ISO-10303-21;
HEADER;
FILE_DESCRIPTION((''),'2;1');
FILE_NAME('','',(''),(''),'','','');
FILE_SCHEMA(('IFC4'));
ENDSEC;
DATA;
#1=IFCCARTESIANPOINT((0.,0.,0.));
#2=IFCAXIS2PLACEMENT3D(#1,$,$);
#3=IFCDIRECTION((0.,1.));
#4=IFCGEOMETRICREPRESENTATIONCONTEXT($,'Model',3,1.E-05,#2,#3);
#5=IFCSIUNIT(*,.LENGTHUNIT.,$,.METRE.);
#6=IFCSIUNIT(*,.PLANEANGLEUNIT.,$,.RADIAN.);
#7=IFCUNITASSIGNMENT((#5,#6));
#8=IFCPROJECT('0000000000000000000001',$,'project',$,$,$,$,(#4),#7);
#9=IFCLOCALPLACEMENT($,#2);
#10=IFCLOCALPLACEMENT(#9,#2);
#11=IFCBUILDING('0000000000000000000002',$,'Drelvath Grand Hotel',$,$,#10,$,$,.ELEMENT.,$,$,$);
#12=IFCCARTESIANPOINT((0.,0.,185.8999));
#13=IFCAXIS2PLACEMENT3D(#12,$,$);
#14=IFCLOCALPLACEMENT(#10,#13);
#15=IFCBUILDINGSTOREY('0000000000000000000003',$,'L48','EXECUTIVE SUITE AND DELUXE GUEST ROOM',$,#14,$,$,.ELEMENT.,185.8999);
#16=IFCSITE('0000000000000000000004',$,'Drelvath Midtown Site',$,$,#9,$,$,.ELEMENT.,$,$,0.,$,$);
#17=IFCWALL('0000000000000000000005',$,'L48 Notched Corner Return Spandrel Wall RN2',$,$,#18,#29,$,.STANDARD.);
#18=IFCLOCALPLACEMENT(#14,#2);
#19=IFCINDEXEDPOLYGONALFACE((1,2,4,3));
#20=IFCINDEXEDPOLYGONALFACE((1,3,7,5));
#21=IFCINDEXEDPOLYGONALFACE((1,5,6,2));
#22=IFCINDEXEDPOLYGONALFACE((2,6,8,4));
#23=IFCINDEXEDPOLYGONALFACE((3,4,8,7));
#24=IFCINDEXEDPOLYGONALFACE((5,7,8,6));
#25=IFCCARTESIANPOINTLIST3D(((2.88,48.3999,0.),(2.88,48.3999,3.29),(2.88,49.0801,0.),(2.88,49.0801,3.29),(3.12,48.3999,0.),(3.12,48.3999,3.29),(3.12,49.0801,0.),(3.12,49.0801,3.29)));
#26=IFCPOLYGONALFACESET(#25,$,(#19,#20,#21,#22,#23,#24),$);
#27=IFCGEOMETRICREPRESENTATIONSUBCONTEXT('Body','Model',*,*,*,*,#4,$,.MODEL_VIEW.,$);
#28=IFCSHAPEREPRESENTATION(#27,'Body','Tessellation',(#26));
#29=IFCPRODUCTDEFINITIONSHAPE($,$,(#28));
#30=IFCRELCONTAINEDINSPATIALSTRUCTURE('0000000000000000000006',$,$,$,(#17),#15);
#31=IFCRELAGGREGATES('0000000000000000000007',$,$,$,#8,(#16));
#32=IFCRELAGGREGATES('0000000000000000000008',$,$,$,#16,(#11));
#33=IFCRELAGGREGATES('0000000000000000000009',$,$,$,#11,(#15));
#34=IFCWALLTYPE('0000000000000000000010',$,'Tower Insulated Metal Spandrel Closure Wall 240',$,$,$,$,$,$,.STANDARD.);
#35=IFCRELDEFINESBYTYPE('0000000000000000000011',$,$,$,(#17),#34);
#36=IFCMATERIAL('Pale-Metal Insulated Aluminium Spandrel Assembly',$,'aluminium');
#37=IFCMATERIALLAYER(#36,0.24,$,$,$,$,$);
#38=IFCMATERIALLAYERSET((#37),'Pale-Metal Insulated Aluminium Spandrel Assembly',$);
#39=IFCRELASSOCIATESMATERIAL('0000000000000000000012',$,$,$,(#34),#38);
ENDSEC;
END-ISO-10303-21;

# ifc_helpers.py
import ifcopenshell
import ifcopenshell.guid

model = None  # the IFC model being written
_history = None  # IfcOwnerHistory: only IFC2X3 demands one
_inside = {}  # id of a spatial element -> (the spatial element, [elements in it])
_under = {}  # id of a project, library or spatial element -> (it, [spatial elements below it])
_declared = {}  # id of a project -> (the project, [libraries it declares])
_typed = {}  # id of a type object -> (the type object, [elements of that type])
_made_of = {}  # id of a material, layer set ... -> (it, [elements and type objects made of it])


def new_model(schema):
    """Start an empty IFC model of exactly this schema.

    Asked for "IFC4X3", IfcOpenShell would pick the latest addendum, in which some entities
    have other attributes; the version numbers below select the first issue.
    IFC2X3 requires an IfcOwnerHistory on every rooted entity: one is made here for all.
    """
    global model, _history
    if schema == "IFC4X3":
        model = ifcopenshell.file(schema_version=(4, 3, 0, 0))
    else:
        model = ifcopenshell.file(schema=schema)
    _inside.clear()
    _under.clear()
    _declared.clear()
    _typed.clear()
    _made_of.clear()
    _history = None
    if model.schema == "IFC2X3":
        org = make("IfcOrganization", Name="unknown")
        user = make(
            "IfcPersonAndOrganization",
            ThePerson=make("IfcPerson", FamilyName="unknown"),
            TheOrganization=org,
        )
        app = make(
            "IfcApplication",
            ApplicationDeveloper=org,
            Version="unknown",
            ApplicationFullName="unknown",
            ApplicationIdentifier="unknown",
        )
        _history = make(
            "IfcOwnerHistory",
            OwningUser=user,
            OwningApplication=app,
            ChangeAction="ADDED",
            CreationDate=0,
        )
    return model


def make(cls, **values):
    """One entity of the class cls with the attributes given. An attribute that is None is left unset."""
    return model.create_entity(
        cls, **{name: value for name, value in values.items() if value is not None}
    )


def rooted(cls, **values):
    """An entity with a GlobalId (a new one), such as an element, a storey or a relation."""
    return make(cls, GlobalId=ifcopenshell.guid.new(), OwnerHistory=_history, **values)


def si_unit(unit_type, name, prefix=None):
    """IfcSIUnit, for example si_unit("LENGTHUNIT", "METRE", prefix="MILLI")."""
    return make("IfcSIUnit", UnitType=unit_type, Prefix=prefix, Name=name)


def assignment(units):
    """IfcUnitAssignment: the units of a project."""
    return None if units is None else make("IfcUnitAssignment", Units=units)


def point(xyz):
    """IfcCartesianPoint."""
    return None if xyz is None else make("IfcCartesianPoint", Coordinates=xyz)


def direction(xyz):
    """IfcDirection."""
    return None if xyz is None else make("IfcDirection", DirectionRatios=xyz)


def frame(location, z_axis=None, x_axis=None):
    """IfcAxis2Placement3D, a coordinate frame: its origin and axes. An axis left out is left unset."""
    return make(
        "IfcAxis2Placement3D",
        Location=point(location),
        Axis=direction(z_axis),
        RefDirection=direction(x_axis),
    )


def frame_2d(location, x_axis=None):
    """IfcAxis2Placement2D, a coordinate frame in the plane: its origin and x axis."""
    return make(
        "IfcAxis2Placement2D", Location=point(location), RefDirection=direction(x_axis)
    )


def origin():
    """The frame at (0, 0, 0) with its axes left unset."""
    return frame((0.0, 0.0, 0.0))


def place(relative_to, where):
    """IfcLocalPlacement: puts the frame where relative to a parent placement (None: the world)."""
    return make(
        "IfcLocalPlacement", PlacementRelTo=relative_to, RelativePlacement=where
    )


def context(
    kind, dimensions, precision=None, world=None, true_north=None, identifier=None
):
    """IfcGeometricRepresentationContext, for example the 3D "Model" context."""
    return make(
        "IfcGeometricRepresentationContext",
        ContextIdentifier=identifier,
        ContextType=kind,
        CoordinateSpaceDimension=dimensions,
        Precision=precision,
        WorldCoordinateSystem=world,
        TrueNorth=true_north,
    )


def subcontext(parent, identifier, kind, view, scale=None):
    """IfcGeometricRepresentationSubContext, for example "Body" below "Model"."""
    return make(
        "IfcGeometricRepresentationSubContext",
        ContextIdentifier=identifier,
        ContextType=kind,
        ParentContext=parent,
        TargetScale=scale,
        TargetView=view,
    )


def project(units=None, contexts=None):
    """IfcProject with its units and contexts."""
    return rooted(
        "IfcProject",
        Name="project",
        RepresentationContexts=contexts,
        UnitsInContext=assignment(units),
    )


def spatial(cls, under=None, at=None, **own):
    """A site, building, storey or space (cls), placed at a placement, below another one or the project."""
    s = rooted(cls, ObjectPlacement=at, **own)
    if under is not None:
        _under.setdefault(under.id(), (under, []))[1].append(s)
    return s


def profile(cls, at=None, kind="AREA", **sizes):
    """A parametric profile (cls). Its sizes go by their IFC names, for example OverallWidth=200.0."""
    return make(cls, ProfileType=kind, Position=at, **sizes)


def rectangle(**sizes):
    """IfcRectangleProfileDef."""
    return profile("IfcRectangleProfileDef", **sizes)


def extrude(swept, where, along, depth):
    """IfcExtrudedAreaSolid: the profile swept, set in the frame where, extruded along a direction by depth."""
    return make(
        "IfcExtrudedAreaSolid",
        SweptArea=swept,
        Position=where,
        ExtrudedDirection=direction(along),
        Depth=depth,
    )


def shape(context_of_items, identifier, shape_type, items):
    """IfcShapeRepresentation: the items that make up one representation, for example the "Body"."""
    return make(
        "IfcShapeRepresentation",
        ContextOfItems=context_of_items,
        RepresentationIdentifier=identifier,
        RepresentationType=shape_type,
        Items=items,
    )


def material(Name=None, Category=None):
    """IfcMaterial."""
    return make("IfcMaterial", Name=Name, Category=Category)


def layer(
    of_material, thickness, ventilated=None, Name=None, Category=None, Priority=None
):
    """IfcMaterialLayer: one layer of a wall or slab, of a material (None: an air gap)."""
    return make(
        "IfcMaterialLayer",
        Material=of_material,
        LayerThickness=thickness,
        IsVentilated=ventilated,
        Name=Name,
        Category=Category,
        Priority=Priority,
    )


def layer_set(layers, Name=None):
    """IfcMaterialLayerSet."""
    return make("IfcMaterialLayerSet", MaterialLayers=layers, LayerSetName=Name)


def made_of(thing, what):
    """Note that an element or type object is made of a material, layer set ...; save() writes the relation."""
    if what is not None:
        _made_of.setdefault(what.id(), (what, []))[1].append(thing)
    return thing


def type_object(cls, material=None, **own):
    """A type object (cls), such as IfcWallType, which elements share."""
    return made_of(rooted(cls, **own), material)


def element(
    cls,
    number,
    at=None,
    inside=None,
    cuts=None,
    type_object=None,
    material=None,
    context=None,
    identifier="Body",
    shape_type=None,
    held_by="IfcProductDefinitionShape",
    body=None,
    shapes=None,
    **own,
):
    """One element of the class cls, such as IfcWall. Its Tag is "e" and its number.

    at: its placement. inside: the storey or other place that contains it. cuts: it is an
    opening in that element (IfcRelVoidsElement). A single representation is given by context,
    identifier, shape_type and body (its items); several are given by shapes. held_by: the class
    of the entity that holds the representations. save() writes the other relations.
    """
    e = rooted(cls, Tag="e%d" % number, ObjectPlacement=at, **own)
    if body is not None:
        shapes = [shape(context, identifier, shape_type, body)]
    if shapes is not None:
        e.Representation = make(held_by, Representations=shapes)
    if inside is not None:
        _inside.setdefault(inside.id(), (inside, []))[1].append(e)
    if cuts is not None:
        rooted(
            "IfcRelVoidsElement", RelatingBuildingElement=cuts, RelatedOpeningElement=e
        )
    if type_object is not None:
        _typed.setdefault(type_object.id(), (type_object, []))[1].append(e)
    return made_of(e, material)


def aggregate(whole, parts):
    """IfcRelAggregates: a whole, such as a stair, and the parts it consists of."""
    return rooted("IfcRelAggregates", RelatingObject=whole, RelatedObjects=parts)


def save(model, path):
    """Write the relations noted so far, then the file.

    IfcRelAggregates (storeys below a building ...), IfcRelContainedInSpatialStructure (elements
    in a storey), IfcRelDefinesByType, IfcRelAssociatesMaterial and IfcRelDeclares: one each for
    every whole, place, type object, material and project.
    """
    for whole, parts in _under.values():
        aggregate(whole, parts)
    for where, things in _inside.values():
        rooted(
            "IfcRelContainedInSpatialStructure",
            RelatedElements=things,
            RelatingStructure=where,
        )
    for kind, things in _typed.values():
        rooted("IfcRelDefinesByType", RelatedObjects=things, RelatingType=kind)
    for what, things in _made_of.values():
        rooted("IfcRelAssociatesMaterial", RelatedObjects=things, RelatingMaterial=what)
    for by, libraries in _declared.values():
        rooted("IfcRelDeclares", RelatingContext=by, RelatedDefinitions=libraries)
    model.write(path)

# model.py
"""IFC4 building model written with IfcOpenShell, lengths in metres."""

from ifc_helpers import new_model, si_unit, direction, frame, frame_2d, origin, place, context, subcontext, project, spatial, rectangle, extrude, material, layer, layer_set, type_object, element, save


model = new_model("IFC4")

# Units and contexts
model_context = context("Model", 3, precision=1e-05, world=origin(), true_north=direction((0.0, 1.0)))
body_context = subcontext(model_context, "Body", "Model", "MODEL_VIEW")
ifc_project = project(units=[si_unit("LENGTHUNIT", "METRE"), si_unit("PLANEANGLEUNIT", "RADIAN")], contexts=[model_context])

# Site, building, storey
site_placement = place(None, origin())
site = spatial("IfcSite", under=ifc_project, at=site_placement, Name="Drelvath Midtown Site", CompositionType="ELEMENT", RefElevation=0.0)
building_placement = place(site_placement, origin())
building = spatial("IfcBuilding", under=site, at=building_placement, Name="Drelvath Grand Hotel", CompositionType="ELEMENT")
storey_placement = place(building_placement, frame((0.0, 0.0, 185.8999)))
storey = spatial("IfcBuildingStorey", under=building, at=storey_placement, Name="L48", Description="EXECUTIVE SUITE AND DELUXE GUEST ROOM", CompositionType="ELEMENT", Elevation=185.8999)

# Wall
ifc_material_1 = material(Name="Pale-Metal Insulated Aluminium Spandrel Assembly", Category="aluminium")
ifc_layer_1 = layer(ifc_material_1, 0.24)
ifc_layer_set_1 = layer_set([ifc_layer_1], Name="Pale-Metal Insulated Aluminium Spandrel Assembly")
wall_type_1 = type_object("IfcWallType", Name="Tower Insulated Metal Spandrel Closure Wall 240", PredefinedType="STANDARD", material=ifc_layer_set_1)
wall_1_placement = place(storey_placement, frame((3.0, 48.3999, 0.0), z_axis=(0.0, 0.0, 1.0), x_axis=(0.0, 1.0, 0.0)))
element("IfcWall", 1, at=wall_1_placement, inside=storey, type_object=wall_type_1, Name="L48 Notched Corner Return Spandrel Wall RN2", PredefinedType="STANDARD", context=body_context, shape_type="SweptSolid", body=[
    extrude(rectangle(XDim=0.6802, YDim=0.24, at=frame_2d((0.3401, 0.0))), origin(), (0.0, 0.0, 1.0), 3.29),
])

save(model, "model.ifc")
